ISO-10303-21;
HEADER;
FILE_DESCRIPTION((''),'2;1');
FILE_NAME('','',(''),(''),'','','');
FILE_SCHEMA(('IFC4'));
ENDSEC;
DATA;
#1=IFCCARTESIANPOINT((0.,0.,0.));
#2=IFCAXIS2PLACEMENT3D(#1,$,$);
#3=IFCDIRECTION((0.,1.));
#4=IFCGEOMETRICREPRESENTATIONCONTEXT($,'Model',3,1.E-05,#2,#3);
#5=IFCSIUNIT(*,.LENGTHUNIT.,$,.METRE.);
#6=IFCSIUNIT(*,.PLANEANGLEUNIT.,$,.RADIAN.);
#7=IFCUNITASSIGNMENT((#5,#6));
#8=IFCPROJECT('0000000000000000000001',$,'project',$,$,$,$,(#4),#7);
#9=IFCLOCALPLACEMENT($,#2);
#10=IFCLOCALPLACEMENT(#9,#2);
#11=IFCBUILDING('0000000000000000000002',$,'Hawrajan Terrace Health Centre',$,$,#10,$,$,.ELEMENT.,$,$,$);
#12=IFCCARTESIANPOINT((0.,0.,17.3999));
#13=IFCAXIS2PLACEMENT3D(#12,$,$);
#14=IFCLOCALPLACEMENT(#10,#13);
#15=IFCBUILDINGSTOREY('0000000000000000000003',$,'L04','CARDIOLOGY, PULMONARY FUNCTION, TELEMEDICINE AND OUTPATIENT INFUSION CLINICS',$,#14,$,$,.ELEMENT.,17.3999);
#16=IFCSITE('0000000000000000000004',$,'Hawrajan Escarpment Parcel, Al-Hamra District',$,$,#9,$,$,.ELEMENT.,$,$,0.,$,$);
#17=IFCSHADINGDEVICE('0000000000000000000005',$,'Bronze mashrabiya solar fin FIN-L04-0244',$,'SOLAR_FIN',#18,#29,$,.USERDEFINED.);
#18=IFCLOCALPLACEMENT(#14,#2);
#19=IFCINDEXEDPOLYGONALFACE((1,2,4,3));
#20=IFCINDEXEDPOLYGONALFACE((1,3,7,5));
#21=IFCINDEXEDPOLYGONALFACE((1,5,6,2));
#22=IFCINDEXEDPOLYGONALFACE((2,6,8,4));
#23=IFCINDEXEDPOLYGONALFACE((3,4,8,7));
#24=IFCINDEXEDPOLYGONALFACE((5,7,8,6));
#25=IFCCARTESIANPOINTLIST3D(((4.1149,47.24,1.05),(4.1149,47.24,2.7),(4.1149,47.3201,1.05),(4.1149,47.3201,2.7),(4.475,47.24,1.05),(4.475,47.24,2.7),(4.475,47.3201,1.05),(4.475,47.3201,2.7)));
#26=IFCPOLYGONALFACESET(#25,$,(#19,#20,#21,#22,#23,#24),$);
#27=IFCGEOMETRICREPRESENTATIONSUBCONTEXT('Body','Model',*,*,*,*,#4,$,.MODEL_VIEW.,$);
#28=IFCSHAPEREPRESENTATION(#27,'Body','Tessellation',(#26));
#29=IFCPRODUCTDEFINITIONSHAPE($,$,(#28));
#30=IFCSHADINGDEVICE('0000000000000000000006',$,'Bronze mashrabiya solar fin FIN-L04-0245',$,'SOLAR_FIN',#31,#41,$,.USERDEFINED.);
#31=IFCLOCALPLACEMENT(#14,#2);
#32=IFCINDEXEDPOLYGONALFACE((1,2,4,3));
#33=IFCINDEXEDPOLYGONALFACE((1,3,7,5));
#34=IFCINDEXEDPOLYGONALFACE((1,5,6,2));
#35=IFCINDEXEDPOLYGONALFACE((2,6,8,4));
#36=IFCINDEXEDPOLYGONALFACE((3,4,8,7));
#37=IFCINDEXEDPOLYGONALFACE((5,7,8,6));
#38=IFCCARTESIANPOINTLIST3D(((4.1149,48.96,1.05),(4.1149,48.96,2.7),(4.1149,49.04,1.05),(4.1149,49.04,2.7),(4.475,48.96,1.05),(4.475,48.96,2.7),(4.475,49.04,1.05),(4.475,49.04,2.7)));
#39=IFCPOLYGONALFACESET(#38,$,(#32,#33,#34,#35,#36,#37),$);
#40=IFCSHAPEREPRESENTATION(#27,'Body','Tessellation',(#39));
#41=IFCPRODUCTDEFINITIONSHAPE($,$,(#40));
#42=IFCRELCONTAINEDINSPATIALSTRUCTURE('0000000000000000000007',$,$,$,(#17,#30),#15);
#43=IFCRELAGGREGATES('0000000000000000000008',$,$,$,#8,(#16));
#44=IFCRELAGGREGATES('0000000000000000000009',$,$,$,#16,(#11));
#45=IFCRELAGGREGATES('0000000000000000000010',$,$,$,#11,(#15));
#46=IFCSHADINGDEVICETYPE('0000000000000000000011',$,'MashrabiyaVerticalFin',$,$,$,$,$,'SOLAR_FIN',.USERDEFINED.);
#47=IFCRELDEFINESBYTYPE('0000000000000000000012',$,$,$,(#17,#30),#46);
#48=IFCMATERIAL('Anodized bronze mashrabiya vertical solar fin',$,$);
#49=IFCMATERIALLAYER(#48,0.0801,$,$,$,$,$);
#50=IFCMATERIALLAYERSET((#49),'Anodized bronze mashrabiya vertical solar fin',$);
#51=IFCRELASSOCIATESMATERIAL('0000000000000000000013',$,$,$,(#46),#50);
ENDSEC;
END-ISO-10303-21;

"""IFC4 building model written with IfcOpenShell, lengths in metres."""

from ifc_helpers import new_model, si_unit, direction, frame, origin, origin_2d, place, context, subcontext, project, spatial, rectangle, extrude, material, layer, layer_set, type_object, element, save


model = new_model("IFC4")

# Units and contexts
model_context = context("Model", 3, precision=1e-05, world=origin(), true_north=direction((0.0, 1.0)))
body_context = subcontext(model_context, "Body", "Model", "MODEL_VIEW")
ifc_project = project(units=[si_unit("LENGTHUNIT", "METRE"), si_unit("PLANEANGLEUNIT", "RADIAN")], contexts=[model_context])

# Site, building, storey
site_placement = place(None, origin())
site = spatial("IfcSite", under=ifc_project, at=site_placement, Name="Hawrajan Escarpment Parcel, Al-Hamra District", CompositionType="ELEMENT", RefElevation=0.0)
building_placement = place(site_placement, origin())
building = spatial("IfcBuilding", under=site, at=building_placement, Name="Hawrajan Terrace Health Centre", CompositionType="ELEMENT")
storey_placement = place(building_placement, frame((0.0, 0.0, 17.3999)))
storey = spatial("IfcBuildingStorey", under=building, at=storey_placement, Name="L04", Description="CARDIOLOGY, PULMONARY FUNCTION, TELEMEDICINE AND OUTPATIENT INFUSION CLINICS", CompositionType="ELEMENT", Elevation=17.3999)

# Shading devices
ifc_material_1 = material(Name="Anodized bronze mashrabiya vertical solar fin")
ifc_layer_1 = layer(ifc_material_1, 0.0801)
ifc_layer_set_1 = layer_set([ifc_layer_1], Name="Anodized bronze mashrabiya vertical solar fin")
shading_device_type = type_object("IfcShadingDeviceType", Name="MashrabiyaVerticalFin", ElementType="SOLAR_FIN", PredefinedType="USERDEFINED", material=ifc_layer_set_1)
for number, where, z_axis, x_axis, name in (
    (1, (4.2949, 47.28, 1.05), (0.0, 0.0, 1.0), (0.0, 1.0, 0.0), "Bronze mashrabiya solar fin FIN-L04-0244"),
    (2, (4.2949, 49.0, 1.05), (0.0, 0.0, 1.0), (0.0, 1.0, 0.0), "Bronze mashrabiya solar fin FIN-L04-0245"),
):
    element("IfcShadingDevice", number, at=place(storey_placement, frame(where, z_axis=z_axis, x_axis=x_axis)), inside=storey, type_object=shading_device_type, Name=name, ObjectType="SOLAR_FIN", PredefinedType="USERDEFINED", context=body_context, shape_type="SweptSolid", body=[
        extrude(rectangle(XDim=0.0801, YDim=0.3601, at=origin_2d()), origin(), (0.0, 0.0, 1.0), 1.6499),
    ])

save(model, "model.ifc")
